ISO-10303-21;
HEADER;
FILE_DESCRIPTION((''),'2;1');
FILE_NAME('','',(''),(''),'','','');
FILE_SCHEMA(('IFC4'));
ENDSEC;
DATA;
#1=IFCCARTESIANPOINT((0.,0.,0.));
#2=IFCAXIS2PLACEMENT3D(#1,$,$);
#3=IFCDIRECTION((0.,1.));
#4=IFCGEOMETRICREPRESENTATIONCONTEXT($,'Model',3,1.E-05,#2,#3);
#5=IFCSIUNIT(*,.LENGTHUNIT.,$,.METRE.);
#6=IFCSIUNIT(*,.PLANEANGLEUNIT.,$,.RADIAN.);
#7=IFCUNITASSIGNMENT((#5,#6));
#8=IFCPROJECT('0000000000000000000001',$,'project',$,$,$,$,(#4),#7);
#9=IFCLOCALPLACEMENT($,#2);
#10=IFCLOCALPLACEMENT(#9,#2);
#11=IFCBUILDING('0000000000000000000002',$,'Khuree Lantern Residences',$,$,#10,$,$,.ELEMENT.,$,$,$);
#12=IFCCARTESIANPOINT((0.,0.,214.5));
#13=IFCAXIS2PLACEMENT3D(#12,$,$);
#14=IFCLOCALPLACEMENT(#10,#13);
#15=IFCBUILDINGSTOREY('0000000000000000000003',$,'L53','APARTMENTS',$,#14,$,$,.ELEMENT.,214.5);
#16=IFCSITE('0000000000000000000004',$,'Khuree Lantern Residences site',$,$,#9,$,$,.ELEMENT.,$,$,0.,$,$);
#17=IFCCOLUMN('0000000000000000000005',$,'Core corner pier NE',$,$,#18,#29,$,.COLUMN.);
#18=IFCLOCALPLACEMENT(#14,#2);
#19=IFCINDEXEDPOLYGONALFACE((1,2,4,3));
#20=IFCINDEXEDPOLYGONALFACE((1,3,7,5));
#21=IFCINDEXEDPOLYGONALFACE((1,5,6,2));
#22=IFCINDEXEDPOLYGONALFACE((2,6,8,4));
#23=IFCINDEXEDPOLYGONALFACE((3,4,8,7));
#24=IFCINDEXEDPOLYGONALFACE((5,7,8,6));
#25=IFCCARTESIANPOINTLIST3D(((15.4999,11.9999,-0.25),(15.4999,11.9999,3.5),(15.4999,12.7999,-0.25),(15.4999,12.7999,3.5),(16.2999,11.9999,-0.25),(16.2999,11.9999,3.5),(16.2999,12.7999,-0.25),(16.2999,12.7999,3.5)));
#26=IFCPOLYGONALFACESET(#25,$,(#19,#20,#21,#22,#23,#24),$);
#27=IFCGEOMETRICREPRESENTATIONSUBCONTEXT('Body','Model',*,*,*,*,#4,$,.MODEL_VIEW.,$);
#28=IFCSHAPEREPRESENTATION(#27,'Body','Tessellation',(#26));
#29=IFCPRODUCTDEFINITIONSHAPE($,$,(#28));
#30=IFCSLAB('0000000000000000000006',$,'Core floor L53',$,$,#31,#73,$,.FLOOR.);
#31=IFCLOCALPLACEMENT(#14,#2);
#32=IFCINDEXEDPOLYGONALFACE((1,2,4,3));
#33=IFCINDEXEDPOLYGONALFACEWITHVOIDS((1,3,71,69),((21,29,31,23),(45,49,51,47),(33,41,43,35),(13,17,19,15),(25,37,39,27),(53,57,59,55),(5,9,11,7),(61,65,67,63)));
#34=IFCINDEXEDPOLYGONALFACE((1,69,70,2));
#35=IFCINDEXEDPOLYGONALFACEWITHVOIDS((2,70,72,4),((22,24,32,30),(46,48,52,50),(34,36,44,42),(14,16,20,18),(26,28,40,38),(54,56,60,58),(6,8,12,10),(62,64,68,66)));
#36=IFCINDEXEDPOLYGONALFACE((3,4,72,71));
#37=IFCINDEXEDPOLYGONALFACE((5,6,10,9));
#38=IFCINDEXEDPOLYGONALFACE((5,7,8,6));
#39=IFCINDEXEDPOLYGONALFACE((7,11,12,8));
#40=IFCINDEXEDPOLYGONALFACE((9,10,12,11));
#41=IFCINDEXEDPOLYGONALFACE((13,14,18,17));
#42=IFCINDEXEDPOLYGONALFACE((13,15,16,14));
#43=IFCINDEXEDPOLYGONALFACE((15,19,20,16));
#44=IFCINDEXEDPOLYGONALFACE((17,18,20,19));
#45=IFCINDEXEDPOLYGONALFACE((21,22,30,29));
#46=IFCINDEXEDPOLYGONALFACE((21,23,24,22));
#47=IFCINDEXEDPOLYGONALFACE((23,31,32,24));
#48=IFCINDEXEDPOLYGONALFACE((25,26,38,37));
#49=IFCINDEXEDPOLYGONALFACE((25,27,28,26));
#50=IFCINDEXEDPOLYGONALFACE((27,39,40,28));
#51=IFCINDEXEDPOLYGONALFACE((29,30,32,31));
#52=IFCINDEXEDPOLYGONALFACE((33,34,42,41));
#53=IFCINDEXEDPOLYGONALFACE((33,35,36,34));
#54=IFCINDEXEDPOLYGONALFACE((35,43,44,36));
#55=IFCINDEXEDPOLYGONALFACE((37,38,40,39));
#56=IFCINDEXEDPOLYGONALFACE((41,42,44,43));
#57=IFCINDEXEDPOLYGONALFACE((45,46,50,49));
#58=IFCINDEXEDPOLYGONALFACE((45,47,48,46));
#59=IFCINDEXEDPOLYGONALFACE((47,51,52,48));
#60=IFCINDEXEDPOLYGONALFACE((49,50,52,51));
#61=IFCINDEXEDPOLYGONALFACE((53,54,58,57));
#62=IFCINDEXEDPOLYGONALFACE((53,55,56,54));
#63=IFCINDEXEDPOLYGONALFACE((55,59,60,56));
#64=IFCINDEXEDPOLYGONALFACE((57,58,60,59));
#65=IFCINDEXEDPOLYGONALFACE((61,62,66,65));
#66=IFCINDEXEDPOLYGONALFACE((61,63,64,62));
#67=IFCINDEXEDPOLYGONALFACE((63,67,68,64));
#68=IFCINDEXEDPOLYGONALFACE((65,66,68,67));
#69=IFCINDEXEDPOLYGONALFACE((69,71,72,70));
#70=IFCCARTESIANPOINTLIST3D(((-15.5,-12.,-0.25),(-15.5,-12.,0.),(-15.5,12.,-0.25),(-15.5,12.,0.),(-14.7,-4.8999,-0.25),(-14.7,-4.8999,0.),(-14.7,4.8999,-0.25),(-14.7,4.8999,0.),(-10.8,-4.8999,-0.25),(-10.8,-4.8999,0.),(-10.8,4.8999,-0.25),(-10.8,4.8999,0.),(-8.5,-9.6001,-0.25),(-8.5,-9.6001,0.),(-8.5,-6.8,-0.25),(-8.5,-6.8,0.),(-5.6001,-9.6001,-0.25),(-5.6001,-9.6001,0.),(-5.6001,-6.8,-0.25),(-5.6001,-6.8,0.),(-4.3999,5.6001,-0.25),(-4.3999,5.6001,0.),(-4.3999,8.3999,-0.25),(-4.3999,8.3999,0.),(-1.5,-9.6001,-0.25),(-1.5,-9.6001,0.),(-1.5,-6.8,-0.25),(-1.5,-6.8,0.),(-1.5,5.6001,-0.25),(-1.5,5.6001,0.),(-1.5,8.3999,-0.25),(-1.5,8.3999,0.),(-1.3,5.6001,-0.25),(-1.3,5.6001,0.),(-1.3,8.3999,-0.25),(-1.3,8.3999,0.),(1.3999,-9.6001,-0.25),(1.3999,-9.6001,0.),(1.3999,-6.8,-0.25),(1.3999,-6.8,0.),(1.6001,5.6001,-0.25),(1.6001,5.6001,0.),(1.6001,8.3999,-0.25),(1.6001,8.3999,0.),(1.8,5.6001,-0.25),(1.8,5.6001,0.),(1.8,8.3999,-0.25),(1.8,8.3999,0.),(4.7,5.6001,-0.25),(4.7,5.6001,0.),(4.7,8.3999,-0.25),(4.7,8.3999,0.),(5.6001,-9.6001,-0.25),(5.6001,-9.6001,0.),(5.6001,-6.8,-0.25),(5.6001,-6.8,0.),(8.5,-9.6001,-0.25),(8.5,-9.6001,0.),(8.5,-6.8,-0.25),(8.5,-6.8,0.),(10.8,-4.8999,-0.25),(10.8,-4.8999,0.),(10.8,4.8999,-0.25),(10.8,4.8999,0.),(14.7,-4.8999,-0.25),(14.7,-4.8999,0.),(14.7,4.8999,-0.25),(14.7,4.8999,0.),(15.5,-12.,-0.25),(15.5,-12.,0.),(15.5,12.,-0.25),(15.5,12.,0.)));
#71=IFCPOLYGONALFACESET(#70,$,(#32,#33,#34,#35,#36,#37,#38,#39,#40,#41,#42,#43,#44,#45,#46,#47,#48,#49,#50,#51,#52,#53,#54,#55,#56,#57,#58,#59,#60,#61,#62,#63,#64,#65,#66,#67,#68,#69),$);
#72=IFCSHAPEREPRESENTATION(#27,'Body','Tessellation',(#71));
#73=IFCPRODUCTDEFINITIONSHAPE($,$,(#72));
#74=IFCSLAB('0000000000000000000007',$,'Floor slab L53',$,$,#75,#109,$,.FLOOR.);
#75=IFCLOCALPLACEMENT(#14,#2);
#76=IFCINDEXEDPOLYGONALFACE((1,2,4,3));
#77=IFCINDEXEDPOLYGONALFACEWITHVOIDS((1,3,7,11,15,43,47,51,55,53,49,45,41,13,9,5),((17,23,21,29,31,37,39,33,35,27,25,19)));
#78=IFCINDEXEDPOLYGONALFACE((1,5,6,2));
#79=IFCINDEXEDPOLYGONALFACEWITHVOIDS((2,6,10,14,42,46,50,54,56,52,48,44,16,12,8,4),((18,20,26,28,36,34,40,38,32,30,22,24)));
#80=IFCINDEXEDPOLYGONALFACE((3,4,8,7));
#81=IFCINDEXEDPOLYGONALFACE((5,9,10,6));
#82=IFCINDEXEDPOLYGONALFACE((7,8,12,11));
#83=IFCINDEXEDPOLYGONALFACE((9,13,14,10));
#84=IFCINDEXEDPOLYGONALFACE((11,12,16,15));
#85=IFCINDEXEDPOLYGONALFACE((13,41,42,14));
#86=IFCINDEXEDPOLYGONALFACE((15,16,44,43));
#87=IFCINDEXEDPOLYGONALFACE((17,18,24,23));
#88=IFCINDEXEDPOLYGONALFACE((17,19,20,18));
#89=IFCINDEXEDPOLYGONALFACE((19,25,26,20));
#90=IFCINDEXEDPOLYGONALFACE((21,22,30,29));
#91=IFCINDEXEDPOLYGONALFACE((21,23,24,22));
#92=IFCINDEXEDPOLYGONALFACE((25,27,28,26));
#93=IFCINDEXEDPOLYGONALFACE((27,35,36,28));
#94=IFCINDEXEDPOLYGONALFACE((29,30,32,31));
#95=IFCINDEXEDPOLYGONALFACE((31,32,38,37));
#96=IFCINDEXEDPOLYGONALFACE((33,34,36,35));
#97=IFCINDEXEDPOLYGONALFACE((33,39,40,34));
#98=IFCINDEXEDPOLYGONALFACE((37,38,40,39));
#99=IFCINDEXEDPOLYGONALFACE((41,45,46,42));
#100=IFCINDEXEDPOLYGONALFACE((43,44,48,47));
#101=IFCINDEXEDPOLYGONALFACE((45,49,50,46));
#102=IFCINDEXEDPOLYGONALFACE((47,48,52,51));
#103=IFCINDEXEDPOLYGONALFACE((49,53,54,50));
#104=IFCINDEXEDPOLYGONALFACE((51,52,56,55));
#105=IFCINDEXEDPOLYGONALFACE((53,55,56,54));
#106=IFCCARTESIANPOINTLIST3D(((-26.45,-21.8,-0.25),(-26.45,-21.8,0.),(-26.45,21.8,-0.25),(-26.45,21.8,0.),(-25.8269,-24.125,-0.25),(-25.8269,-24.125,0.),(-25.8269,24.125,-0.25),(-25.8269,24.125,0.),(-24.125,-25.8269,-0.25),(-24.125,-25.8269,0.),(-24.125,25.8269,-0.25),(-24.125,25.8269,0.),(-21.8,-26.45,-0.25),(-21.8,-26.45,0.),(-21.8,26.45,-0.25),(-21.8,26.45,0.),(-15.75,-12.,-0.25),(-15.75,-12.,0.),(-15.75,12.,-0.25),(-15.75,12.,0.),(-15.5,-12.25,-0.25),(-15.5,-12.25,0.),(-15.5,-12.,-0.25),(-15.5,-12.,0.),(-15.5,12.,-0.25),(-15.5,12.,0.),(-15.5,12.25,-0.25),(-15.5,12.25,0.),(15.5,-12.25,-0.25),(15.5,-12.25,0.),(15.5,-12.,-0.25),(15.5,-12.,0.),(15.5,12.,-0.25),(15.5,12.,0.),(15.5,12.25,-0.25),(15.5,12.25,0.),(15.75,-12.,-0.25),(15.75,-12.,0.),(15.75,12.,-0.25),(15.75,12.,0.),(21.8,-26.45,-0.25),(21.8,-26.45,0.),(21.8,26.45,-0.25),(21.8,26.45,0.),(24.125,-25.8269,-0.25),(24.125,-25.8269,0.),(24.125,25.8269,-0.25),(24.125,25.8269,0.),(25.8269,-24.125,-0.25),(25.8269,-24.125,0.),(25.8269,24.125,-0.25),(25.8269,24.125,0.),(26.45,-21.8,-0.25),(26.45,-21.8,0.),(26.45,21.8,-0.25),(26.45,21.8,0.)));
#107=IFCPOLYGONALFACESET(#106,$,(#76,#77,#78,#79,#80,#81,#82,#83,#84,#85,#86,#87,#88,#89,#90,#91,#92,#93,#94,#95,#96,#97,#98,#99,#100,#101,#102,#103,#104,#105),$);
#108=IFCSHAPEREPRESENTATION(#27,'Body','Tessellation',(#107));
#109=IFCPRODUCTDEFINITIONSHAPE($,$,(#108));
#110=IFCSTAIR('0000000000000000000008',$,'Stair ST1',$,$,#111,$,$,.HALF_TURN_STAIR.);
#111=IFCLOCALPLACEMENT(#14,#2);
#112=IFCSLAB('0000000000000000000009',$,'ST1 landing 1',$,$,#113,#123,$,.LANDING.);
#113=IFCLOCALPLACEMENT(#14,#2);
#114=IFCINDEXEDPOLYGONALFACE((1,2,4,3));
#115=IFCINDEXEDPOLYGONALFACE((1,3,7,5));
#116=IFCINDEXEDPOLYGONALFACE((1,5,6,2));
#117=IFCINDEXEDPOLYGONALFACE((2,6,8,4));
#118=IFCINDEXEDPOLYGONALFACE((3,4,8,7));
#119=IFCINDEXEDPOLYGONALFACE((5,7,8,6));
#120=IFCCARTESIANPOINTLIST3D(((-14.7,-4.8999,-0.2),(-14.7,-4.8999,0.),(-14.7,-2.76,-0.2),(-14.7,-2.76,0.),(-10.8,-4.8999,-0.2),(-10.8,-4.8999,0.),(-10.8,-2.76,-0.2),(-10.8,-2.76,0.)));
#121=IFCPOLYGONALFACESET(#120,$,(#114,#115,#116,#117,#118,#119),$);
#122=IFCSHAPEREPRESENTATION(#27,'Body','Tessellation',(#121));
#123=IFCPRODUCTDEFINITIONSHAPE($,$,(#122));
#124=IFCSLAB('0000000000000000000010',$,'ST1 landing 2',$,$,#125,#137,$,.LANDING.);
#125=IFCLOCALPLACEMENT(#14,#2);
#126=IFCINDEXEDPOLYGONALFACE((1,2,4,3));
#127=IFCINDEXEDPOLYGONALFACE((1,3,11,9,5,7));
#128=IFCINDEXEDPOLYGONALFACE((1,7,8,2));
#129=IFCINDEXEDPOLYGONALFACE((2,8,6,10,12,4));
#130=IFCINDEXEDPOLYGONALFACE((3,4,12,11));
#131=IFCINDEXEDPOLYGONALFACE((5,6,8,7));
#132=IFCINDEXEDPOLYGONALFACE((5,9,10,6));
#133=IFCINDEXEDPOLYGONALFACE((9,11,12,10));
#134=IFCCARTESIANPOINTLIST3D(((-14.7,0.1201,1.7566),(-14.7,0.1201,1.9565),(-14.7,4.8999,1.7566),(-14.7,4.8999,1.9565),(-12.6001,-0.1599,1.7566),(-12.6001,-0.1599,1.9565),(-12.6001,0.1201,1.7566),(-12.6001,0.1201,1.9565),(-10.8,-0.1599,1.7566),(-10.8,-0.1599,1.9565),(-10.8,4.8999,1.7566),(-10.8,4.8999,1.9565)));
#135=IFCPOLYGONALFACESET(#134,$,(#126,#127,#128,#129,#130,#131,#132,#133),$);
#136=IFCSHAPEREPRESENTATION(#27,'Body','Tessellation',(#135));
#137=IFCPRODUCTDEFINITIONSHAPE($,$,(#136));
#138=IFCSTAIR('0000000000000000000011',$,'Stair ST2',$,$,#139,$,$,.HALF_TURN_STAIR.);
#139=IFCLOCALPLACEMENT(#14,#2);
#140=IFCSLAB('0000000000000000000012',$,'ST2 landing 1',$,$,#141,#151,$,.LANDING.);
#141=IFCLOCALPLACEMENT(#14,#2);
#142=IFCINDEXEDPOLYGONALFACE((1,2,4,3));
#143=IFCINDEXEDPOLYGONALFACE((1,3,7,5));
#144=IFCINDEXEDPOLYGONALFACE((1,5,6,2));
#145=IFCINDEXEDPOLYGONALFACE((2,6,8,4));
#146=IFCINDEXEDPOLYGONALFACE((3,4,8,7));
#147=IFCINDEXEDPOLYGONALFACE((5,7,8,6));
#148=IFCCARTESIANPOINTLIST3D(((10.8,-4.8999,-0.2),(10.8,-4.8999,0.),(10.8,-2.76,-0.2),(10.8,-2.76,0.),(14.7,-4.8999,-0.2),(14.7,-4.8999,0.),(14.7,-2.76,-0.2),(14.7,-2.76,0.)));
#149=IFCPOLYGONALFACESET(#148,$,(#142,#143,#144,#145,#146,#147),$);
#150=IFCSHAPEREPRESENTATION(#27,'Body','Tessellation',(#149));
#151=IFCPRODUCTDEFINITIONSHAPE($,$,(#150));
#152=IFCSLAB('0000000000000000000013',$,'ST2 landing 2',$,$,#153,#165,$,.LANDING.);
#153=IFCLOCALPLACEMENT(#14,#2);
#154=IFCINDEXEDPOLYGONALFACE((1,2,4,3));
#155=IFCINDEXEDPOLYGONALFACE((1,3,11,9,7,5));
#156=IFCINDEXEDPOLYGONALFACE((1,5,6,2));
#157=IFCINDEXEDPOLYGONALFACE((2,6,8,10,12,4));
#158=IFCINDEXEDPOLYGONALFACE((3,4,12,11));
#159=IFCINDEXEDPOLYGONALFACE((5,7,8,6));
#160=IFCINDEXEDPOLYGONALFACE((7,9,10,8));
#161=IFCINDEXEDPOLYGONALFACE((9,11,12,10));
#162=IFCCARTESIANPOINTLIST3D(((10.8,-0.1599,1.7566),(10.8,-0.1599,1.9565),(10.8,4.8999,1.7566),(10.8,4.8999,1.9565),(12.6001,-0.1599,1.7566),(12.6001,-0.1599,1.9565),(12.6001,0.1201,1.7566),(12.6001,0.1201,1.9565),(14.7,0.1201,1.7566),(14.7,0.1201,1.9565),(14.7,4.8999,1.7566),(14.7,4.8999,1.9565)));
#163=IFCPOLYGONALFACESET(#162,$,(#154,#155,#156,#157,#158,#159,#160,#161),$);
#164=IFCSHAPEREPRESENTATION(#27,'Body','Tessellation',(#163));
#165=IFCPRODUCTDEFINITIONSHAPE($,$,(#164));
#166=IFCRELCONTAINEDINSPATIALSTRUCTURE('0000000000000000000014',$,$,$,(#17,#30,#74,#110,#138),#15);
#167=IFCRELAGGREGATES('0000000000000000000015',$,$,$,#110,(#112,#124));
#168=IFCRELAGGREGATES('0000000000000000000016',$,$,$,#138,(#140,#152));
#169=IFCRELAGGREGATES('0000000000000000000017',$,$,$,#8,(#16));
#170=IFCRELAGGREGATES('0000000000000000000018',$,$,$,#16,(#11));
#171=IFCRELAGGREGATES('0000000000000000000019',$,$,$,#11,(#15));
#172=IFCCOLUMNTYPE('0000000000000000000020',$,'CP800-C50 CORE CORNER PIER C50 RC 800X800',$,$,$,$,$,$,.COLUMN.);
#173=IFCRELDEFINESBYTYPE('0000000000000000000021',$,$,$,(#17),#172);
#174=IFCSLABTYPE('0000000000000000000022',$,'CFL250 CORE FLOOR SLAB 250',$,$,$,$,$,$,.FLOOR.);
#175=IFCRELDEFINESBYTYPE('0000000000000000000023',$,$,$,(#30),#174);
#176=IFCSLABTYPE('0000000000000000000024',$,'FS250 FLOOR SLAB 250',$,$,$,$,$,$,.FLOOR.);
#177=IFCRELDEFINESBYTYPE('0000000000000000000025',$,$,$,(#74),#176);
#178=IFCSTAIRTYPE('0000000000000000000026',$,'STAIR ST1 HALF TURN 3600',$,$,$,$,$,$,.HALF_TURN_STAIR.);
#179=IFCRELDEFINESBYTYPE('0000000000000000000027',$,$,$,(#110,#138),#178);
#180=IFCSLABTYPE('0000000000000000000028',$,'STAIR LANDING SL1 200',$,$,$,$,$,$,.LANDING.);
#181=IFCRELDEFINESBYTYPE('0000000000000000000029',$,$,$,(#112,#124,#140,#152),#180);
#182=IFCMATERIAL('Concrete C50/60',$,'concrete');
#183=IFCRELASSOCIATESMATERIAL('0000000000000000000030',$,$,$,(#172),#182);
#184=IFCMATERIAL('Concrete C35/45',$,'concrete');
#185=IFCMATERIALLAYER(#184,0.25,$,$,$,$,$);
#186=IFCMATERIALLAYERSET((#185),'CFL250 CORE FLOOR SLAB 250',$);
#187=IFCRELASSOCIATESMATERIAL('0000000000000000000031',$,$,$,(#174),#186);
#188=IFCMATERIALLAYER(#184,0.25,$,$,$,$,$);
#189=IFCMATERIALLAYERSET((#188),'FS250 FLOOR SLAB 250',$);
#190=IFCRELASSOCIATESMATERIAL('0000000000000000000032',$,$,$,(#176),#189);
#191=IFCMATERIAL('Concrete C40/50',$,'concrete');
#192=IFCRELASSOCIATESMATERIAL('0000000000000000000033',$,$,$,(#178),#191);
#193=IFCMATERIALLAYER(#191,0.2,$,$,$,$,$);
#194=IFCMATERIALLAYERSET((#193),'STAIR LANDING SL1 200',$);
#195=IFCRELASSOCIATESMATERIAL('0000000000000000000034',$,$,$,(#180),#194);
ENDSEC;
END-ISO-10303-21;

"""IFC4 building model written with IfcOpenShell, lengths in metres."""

from ifc_helpers import new_model, si_unit, direction, frame, origin, origin_2d, place, context, subcontext, project, spatial, polyline, rectangle, outline, extrude, material, layer, layer_set, material_profile, profile_set, type_object, element, aggregate, save


model = new_model("IFC4")

# Units and contexts
model_context = context("Model", 3, precision=1e-05, world=origin(), true_north=direction((0.0, 1.0)))
body_context = subcontext(model_context, "Body", "Model", "MODEL_VIEW")
ifc_project = project(units=[si_unit("LENGTHUNIT", "METRE"), si_unit("PLANEANGLEUNIT", "RADIAN")], contexts=[model_context])

# Site, building, storey
site_placement = place(None, origin())
site = spatial("IfcSite", under=ifc_project, at=site_placement, Name="Khuree Lantern Residences site", CompositionType="ELEMENT", RefElevation=0.0)
building_placement = place(site_placement, origin())
building = spatial("IfcBuilding", under=site, at=building_placement, Name="Khuree Lantern Residences", CompositionType="ELEMENT")
storey_placement = place(building_placement, frame((0.0, 0.0, 214.5)))
storey = spatial("IfcBuildingStorey", under=building, at=storey_placement, Name="L53", Description="APARTMENTS", CompositionType="ELEMENT", Elevation=214.5)

# Column
ifc_material_1 = material(Name="Concrete C50/60", Category="concrete")
ifc_material_profile = material_profile(ifc_material_1, rectangle(XDim=0.8, YDim=0.8, at=origin_2d()), Name="RC 800X800")
ifc_profile_set = profile_set([ifc_material_profile], Name="Concrete C50/60")
column_type = type_object("IfcColumnType", Name="CP800-C50 CORE CORNER PIER C50 RC 800X800", PredefinedType="COLUMN", material=ifc_profile_set)
column_placement = place(storey_placement, frame((15.8999, 12.3999, -0.25), z_axis=(0.0, 0.0, 1.0), x_axis=(1.0, 0.0, 0.0)))
element("IfcColumn", 1, at=column_placement, inside=storey, type_object=column_type, Name="Core corner pier NE", PredefinedType="COLUMN", context=body_context, shape_type="SweptSolid", body=[
    extrude(rectangle(XDim=0.8, YDim=0.8, at=origin_2d()), origin(), (0.0, 0.0, 1.0), 3.75),
])

# Slabs
ifc_material_2 = material(Name="Concrete C35/45", Category="concrete")
ifc_layer_1 = layer(ifc_material_2, 0.25)
ifc_layer_set_1 = layer_set([ifc_layer_1], Name="CFL250 CORE FLOOR SLAB 250")
slab_type_1 = type_object("IfcSlabType", Name="CFL250 CORE FLOOR SLAB 250", PredefinedType="FLOOR", material=ifc_layer_set_1)
slab_1_placement = place(storey_placement, frame((0.0, 0.0, -0.25)))
element("IfcSlab", 2, at=slab_1_placement, inside=storey, type_object=slab_type_1, Name="Core floor L53", PredefinedType="FLOOR", context=body_context, shape_type="SweptSolid", body=[
    extrude(outline(polyline([(-15.5, -12.0), (-15.5, 12.0), (15.5, 12.0), (15.5, -12.0), (-15.5, -12.0)]), holes=[polyline([(10.8, 4.8999), (10.8, -4.8999), (14.7, -4.8999), (14.7, 4.8999), (10.8, 4.8999)]), polyline([(5.6001, -6.8), (5.6001, -9.6001), (8.5, -9.6001), (8.5, -6.8), (5.6001, -6.8)]), polyline([(1.8, 8.3999), (1.8, 5.6001), (4.7, 5.6001), (4.7, 8.3999), (1.8, 8.3999)]), polyline([(-1.3, 8.3999), (-1.3, 5.6001), (1.6001, 5.6001), (1.6001, 8.3999), (-1.3, 8.3999)]), polyline([(-1.5, -6.8), (-1.5, -9.6001), (1.3999, -9.6001), (1.3999, -6.8), (-1.5, -6.8)]), polyline([(-4.3999, 8.3999), (-4.3999, 5.6001), (-1.5, 5.6001), (-1.5, 8.3999), (-4.3999, 8.3999)]), polyline([(-8.5, -6.8), (-8.5, -9.6001), (-5.6001, -9.6001), (-5.6001, -6.8), (-8.5, -6.8)]), polyline([(-14.7, 4.8999), (-14.7, -4.8999), (-10.8, -4.8999), (-10.8, 4.8999), (-14.7, 4.8999)])]), origin(), (0.0, 0.0, 1.0), 0.25),
])
ifc_layer_2 = layer(ifc_material_2, 0.25)
ifc_layer_set_2 = layer_set([ifc_layer_2], Name="FS250 FLOOR SLAB 250")
slab_type_2 = type_object("IfcSlabType", Name="FS250 FLOOR SLAB 250", PredefinedType="FLOOR", material=ifc_layer_set_2)
slab_2_placement = place(storey_placement, frame((0.0, 0.0, -0.25)))
element("IfcSlab", 3, at=slab_2_placement, inside=storey, type_object=slab_type_2, Name="Floor slab L53", PredefinedType="FLOOR", context=body_context, shape_type="SweptSolid", body=[
    extrude(outline(polyline([(-24.125, -25.8269), (-25.8269, -24.125), (-26.45, -21.8), (-26.45, 21.8), (-25.8269, 24.125), (-24.125, 25.8269), (-21.8, 26.45), (21.8, 26.45), (24.125, 25.8269), (25.8269, 24.125), (26.45, 21.8), (26.45, -21.8), (25.8269, -24.125), (24.125, -25.8269), (21.8, -26.45), (-21.8, -26.45), (-24.125, -25.8269)]), holes=[polyline([(15.75, 12.0), (15.5, 12.0), (15.5, 12.25), (-15.5, 12.25), (-15.5, 12.0), (-15.75, 12.0), (-15.75, -12.0), (-15.5, -12.0), (-15.5, -12.25), (15.5, -12.25), (15.5, -12.0), (15.75, -12.0), (15.75, 12.0)])]), origin(), (0.0, 0.0, 1.0), 0.25),
])

# Stairs, slabs
ifc_material_3 = material(Name="Concrete C40/50", Category="concrete")
stair_type = type_object("IfcStairType", Name="STAIR ST1 HALF TURN 3600", PredefinedType="HALF_TURN_STAIR", material=ifc_material_3)
stair_1_placement = place(storey_placement, origin())
stair_1 = element("IfcStair", 4, at=stair_1_placement, inside=storey, type_object=stair_type, Name="Stair ST1", PredefinedType="HALF_TURN_STAIR")
ifc_layer_3 = layer(ifc_material_3, 0.2)
ifc_layer_set_3 = layer_set([ifc_layer_3], Name="STAIR LANDING SL1 200")
slab_type_3 = type_object("IfcSlabType", Name="STAIR LANDING SL1 200", PredefinedType="LANDING", material=ifc_layer_set_3)
slab_3_placement = place(storey_placement, frame((0.0, 0.0, -0.2)))
slab_3 = element("IfcSlab", 5, at=slab_3_placement, type_object=slab_type_3, Name="ST1 landing 1", PredefinedType="LANDING", context=body_context, shape_type="SweptSolid", body=[
    extrude(outline(polyline([(-14.7, -4.8999), (-10.8, -4.8999), (-10.8, -2.76), (-14.7, -2.76), (-14.7, -4.8999)])), origin(), (0.0, 0.0, 1.0), 0.2),
])
slab_4_placement = place(storey_placement, frame((0.0, 0.0, 1.7566)))
slab_4 = element("IfcSlab", 6, at=slab_4_placement, type_object=slab_type_3, Name="ST1 landing 2", PredefinedType="LANDING", context=body_context, shape_type="SweptSolid", body=[
    extrude(outline(polyline([(-14.7, 0.1201), (-14.7, 4.8999), (-10.8, 4.8999), (-10.8, -0.1599), (-12.6001, -0.1599), (-12.6001, 0.1201), (-14.7, 0.1201)])), origin(), (0.0, 0.0, 1.0), 0.2),
])
aggregate(stair_1, [slab_3, slab_4])
stair_2_placement = place(storey_placement, origin())
stair_2 = element("IfcStair", 7, at=stair_2_placement, inside=storey, type_object=stair_type, Name="Stair ST2", PredefinedType="HALF_TURN_STAIR")
slab_5_placement = place(storey_placement, frame((0.0, 0.0, -0.2)))
slab_5 = element("IfcSlab", 8, at=slab_5_placement, type_object=slab_type_3, Name="ST2 landing 1", PredefinedType="LANDING", context=body_context, shape_type="SweptSolid", body=[
    extrude(outline(polyline([(10.8, -4.8999), (14.7, -4.8999), (14.7, -2.76), (10.8, -2.76), (10.8, -4.8999)])), origin(), (0.0, 0.0, 1.0), 0.2),
])
slab_6_placement = place(storey_placement, frame((0.0, 0.0, 1.7566)))
slab_6 = element("IfcSlab", 9, at=slab_6_placement, type_object=slab_type_3, Name="ST2 landing 2", PredefinedType="LANDING", context=body_context, shape_type="SweptSolid", body=[
    extrude(outline(polyline([(14.7, 4.8999), (14.7, 0.1201), (12.6001, 0.1201), (12.6001, -0.1599), (10.8, -0.1599), (10.8, 4.8999), (14.7, 4.8999)])), origin(), (0.0, 0.0, 1.0), 0.2),
])
aggregate(stair_2, [slab_5, slab_6])

save(model, "model.ifc")
